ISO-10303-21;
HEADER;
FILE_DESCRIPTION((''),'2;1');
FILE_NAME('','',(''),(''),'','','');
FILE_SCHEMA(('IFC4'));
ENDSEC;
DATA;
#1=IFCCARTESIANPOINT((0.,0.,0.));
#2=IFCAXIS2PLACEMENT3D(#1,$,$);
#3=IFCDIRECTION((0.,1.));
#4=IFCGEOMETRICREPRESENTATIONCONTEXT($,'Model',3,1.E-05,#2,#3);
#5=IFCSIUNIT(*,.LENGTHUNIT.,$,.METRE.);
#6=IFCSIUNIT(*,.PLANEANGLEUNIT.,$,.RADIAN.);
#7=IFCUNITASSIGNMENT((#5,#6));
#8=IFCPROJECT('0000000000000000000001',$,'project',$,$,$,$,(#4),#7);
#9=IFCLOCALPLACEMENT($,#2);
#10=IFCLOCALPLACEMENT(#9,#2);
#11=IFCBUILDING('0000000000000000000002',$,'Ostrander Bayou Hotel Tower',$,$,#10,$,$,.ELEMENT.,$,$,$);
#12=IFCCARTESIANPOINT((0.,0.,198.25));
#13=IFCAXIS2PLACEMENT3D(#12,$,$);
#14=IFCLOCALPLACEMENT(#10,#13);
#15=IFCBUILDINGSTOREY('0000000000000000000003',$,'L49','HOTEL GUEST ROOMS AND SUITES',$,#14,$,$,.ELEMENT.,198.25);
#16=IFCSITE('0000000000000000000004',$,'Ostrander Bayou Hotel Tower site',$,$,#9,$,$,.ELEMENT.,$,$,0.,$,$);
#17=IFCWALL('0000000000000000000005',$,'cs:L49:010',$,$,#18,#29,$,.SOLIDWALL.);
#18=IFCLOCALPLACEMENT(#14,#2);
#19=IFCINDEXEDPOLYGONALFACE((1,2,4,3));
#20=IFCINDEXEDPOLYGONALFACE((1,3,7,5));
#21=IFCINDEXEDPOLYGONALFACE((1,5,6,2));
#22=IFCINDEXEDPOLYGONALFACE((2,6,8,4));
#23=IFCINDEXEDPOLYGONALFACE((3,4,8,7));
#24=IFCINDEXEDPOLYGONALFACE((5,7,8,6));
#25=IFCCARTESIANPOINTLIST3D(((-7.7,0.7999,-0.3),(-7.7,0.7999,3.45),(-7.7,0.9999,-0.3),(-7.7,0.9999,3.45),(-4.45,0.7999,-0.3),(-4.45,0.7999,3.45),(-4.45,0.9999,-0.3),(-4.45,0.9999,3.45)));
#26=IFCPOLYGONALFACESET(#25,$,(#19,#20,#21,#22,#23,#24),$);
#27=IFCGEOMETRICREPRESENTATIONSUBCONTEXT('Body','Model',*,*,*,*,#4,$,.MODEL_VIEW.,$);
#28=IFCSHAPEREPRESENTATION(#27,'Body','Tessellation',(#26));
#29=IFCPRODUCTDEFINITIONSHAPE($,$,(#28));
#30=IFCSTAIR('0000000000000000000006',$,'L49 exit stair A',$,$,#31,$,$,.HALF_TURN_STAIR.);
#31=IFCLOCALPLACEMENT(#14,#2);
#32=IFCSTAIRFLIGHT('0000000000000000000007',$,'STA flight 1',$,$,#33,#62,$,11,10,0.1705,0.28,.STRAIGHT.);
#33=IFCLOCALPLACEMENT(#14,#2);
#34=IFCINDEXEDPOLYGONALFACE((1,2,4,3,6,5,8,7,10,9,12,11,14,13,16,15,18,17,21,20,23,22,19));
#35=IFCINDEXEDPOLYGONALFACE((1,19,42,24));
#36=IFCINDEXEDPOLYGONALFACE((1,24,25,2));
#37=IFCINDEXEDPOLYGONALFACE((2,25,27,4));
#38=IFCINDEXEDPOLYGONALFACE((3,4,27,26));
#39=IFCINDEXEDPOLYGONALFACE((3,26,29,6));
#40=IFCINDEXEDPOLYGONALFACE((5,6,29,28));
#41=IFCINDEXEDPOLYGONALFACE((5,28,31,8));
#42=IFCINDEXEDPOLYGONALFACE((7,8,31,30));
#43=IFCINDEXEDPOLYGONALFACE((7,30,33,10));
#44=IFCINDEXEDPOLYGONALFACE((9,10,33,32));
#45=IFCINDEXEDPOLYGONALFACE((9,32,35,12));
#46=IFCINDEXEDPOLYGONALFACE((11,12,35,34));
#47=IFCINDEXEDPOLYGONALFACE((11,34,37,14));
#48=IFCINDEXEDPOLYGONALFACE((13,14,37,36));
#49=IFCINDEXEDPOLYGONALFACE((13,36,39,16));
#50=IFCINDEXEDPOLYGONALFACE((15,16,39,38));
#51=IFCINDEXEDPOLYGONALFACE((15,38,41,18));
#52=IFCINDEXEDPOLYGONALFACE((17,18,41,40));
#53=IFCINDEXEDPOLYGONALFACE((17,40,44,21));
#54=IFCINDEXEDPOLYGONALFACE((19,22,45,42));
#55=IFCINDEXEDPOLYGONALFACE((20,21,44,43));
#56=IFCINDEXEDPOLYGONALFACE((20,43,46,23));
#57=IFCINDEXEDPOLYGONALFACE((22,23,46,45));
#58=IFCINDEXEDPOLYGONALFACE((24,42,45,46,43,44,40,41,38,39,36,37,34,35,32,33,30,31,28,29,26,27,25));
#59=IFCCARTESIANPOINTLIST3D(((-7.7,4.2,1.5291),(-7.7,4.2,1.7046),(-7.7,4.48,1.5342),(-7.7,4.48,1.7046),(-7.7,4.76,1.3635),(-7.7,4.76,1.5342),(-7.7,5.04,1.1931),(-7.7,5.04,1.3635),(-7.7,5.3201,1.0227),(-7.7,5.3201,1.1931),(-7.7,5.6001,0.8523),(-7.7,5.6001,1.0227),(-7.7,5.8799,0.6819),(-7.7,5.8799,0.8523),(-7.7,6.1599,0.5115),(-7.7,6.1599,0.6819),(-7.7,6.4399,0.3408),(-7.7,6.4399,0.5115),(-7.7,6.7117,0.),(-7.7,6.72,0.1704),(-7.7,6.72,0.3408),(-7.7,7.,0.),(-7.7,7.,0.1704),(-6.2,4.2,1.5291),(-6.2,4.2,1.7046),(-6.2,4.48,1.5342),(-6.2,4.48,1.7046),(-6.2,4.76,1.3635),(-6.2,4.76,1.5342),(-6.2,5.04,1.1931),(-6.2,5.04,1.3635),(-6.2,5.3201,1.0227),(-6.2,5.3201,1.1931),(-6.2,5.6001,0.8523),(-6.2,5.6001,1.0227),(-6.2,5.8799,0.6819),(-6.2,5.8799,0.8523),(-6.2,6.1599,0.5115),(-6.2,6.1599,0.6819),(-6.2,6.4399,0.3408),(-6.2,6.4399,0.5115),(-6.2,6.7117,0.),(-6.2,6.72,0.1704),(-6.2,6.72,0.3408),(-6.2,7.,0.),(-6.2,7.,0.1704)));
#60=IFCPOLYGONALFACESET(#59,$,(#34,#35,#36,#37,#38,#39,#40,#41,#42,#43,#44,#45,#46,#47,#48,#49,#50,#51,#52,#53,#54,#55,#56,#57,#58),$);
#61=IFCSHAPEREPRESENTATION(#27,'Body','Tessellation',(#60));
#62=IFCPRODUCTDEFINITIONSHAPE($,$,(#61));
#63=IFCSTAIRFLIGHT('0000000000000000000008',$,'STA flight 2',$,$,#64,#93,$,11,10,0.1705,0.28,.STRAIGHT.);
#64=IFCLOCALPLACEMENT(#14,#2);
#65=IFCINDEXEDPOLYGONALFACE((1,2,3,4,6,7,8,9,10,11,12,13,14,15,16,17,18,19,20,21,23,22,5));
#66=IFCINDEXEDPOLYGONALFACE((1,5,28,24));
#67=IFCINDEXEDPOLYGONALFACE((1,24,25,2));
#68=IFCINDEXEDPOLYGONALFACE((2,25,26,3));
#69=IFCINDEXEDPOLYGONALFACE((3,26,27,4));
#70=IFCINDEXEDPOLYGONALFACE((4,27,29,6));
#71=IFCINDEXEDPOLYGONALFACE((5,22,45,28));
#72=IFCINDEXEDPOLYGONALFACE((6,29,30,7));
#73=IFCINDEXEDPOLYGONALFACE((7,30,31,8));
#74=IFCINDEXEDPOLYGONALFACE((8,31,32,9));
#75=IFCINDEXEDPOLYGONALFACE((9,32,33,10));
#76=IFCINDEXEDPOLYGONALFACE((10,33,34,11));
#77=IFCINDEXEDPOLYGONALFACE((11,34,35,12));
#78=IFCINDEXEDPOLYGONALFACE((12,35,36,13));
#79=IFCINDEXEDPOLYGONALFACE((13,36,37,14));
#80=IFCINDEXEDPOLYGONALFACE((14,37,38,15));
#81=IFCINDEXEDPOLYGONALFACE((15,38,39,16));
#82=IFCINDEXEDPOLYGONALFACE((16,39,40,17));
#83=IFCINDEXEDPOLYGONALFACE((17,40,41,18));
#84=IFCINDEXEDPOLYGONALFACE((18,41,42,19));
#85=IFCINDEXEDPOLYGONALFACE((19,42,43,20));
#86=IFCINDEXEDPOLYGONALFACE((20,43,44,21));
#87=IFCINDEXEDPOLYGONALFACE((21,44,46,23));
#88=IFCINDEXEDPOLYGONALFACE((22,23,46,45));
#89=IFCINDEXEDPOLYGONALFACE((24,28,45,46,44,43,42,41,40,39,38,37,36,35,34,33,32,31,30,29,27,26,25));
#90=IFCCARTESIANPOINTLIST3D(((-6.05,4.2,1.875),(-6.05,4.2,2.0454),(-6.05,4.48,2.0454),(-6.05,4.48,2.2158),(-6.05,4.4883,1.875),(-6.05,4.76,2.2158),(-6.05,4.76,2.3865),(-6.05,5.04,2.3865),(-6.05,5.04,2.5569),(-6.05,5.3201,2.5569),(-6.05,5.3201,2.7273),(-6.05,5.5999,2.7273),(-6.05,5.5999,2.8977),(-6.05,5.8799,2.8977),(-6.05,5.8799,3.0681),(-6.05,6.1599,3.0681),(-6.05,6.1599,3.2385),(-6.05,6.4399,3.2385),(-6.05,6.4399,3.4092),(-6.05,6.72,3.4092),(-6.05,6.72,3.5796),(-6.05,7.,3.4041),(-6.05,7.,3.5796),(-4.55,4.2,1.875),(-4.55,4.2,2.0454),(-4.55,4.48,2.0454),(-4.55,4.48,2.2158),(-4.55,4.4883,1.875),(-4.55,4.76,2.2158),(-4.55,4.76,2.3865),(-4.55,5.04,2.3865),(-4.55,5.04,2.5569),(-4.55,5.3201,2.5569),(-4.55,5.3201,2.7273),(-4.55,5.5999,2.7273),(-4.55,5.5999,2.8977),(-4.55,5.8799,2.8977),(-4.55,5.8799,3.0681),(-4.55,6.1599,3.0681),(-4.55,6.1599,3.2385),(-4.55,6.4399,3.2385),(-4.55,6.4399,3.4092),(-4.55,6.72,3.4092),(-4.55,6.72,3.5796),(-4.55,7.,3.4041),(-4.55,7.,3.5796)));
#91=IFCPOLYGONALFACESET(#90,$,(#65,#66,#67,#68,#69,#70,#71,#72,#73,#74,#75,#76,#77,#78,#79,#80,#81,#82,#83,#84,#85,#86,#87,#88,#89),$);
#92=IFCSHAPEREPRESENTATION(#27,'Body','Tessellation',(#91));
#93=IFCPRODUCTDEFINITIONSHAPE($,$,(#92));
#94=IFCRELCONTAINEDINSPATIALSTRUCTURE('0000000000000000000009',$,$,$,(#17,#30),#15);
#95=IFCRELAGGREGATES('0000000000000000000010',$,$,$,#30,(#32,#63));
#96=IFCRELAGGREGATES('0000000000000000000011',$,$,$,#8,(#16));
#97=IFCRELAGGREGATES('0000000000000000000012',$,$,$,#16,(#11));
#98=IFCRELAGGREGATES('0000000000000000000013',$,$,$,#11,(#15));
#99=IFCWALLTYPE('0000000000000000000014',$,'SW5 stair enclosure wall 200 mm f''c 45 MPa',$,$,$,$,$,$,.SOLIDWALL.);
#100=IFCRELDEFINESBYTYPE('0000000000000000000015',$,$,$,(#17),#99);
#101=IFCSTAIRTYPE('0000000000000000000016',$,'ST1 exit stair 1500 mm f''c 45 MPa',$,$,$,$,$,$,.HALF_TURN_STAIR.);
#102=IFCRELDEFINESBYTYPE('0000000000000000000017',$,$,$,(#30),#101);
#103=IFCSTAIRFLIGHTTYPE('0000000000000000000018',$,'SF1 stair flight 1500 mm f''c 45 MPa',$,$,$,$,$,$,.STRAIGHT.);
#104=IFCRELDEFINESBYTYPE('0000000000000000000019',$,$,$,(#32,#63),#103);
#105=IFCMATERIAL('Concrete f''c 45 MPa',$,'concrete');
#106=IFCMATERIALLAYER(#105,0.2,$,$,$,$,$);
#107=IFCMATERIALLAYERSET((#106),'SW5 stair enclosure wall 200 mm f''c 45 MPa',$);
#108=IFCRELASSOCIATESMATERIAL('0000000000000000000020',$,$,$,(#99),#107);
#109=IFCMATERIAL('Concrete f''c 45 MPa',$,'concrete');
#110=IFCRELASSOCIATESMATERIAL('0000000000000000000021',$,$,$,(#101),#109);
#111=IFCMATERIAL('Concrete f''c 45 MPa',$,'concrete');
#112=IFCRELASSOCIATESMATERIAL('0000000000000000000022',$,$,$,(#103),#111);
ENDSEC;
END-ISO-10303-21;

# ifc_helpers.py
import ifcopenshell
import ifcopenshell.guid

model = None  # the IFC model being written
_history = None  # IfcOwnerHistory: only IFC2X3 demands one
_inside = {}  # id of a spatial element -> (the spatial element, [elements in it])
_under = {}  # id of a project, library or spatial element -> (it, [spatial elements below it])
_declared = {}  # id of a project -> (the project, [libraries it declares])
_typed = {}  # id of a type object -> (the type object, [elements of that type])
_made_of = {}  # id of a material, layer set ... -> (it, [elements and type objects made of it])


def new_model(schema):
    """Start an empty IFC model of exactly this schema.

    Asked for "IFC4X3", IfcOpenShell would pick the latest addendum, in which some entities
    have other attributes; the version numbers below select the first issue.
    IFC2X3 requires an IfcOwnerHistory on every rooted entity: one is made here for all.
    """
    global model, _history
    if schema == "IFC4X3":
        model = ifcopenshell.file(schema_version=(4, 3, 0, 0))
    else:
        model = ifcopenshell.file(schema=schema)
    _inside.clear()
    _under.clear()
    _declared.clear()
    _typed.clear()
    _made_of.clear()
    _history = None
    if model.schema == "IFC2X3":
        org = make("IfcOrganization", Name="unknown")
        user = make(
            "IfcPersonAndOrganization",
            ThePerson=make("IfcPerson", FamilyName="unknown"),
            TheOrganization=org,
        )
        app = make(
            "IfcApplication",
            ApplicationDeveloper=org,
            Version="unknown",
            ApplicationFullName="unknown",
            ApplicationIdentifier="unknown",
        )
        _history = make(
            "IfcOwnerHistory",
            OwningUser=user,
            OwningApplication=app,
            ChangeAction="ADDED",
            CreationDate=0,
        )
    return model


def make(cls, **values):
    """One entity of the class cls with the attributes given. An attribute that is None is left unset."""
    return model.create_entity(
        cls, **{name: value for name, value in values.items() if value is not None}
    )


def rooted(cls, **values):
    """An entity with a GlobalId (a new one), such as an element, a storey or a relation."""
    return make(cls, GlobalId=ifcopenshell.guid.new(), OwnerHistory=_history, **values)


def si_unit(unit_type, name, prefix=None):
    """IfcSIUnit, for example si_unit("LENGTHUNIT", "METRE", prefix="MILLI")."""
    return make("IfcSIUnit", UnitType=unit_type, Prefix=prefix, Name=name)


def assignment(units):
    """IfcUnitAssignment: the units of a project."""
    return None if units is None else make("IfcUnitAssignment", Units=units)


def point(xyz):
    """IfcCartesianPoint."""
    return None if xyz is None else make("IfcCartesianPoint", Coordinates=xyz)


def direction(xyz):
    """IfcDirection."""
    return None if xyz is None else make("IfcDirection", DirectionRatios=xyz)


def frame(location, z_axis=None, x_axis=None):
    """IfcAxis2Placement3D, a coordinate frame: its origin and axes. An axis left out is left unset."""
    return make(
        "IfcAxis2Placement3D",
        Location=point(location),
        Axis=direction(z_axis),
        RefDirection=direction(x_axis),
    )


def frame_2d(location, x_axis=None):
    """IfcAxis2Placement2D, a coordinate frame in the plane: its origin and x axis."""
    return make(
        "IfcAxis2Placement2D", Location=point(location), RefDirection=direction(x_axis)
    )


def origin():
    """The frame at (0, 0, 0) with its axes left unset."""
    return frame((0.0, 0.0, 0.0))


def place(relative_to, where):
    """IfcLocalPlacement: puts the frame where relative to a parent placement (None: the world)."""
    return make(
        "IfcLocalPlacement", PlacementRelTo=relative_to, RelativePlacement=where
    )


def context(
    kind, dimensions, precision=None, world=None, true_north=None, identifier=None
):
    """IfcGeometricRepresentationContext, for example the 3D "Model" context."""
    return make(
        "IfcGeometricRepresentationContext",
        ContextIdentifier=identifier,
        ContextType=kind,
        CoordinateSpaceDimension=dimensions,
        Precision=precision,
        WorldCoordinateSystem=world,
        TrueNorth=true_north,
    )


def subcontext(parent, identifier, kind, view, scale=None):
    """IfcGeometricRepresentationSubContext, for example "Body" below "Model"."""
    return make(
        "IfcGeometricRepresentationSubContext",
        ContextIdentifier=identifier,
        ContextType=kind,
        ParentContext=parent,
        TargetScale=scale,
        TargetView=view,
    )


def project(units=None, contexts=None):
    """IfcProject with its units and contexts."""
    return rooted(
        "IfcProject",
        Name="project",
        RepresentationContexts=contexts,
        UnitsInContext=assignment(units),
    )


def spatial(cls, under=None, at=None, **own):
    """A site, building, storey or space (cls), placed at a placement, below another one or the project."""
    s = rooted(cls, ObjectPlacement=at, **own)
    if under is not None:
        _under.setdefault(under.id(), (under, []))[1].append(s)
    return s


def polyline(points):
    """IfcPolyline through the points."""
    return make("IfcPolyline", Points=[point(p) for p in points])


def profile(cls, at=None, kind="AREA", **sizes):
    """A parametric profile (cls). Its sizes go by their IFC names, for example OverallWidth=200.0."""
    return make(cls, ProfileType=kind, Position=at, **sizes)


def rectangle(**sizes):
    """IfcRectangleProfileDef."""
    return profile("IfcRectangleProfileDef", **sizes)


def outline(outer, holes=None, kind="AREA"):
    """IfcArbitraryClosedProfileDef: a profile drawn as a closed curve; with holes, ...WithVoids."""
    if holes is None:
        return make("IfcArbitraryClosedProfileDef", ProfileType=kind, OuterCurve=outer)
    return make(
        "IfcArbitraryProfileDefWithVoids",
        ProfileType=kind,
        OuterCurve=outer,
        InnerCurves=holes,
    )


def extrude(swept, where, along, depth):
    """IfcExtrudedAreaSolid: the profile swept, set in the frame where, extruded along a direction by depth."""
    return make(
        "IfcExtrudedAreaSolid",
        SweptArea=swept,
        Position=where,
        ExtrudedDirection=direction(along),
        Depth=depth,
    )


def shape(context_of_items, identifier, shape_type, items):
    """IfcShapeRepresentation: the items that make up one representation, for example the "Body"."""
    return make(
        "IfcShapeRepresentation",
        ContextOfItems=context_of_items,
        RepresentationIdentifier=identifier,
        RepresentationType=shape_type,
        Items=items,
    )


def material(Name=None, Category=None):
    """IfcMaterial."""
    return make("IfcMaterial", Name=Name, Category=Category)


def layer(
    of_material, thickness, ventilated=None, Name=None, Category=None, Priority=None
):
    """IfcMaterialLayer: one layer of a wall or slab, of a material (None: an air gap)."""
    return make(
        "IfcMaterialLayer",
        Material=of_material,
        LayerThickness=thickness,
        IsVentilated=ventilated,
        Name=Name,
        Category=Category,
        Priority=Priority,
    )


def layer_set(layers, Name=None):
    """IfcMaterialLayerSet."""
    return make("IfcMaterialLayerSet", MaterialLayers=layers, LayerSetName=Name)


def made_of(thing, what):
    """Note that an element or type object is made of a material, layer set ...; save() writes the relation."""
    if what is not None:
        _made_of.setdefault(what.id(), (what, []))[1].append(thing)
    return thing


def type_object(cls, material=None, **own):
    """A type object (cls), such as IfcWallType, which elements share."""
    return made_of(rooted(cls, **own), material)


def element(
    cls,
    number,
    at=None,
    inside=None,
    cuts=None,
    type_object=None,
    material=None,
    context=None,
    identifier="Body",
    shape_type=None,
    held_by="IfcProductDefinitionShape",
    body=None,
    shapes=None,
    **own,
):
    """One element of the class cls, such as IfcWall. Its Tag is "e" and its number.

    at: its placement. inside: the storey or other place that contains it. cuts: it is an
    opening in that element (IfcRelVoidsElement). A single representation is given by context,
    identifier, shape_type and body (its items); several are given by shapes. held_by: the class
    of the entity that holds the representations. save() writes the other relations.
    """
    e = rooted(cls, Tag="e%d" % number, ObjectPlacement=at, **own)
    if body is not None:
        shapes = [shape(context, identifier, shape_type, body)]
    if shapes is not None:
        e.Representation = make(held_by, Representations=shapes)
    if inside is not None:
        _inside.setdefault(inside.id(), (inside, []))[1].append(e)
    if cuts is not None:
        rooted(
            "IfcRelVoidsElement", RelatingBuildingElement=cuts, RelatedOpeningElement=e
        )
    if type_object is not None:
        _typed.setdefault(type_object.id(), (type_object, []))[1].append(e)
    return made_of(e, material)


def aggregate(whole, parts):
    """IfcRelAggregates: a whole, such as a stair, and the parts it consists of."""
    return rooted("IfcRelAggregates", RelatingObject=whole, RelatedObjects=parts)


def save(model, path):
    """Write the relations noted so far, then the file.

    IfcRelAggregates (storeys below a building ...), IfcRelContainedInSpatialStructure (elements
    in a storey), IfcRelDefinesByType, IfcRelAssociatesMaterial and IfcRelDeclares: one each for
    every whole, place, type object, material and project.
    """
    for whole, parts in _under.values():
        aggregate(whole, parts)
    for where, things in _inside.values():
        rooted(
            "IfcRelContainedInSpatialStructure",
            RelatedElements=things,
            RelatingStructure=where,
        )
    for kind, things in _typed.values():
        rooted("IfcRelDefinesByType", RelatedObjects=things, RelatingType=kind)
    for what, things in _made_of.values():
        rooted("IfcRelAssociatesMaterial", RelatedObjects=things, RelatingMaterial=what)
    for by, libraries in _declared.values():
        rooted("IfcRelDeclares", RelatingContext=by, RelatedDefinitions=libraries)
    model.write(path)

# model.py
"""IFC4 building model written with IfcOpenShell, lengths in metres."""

from ifc_helpers import new_model, si_unit, direction, frame, frame_2d, origin, place, context, subcontext, project, spatial, polyline, rectangle, outline, extrude, material, layer, layer_set, type_object, element, aggregate, save


model = new_model("IFC4")

# Units and contexts
model_context = context("Model", 3, precision=1e-05, world=origin(), true_north=direction((0.0, 1.0)))
body_context = subcontext(model_context, "Body", "Model", "MODEL_VIEW")
ifc_project = project(units=[si_unit("LENGTHUNIT", "METRE"), si_unit("PLANEANGLEUNIT", "RADIAN")], contexts=[model_context])

# Site, building, storey
site_placement = place(None, origin())
site = spatial("IfcSite", under=ifc_project, at=site_placement, Name="Ostrander Bayou Hotel Tower site", CompositionType="ELEMENT", RefElevation=0.0)
building_placement = place(site_placement, origin())
building = spatial("IfcBuilding", under=site, at=building_placement, Name="Ostrander Bayou Hotel Tower", CompositionType="ELEMENT")
storey_placement = place(building_placement, frame((0.0, 0.0, 198.25)))
storey = spatial("IfcBuildingStorey", under=building, at=storey_placement, Name="L49", Description="HOTEL GUEST ROOMS AND SUITES", CompositionType="ELEMENT", Elevation=198.25)

# Wall
ifc_material_1 = material(Name="Concrete f'c 45 MPa", Category="concrete")
ifc_layer_1 = layer(ifc_material_1, 0.2)
ifc_layer_set_1 = layer_set([ifc_layer_1], Name="SW5 stair enclosure wall 200 mm f'c 45 MPa")
wall_type_1 = type_object("IfcWallType", Name="SW5 stair enclosure wall 200 mm f'c 45 MPa", PredefinedType="SOLIDWALL", material=ifc_layer_set_1)
wall_1_placement = place(storey_placement, frame((-7.7, 0.8999, -0.3), z_axis=(0.0, 0.0, 1.0), x_axis=(1.0, 0.0, 0.0)))
element("IfcWall", 1, at=wall_1_placement, inside=storey, type_object=wall_type_1, Name="cs:L49:010", PredefinedType="SOLIDWALL", context=body_context, shape_type="SweptSolid", body=[
    extrude(rectangle(XDim=3.25, YDim=0.2, at=frame_2d((1.625, 0.0))), origin(), (0.0, 0.0, 1.0), 3.75),
])

# Stair, stair flights
ifc_material_2 = material(Name="Concrete f'c 45 MPa", Category="concrete")
stair_type = type_object("IfcStairType", Name="ST1 exit stair 1500 mm f'c 45 MPa", PredefinedType="HALF_TURN_STAIR", material=ifc_material_2)
stair_placement = place(storey_placement, origin())
stair = element("IfcStair", 2, at=stair_placement, inside=storey, type_object=stair_type, Name="L49 exit stair A", PredefinedType="HALF_TURN_STAIR")
ifc_material_3 = material(Name="Concrete f'c 45 MPa", Category="concrete")
stair_flight_type = type_object("IfcStairFlightType", Name="SF1 stair flight 1500 mm f'c 45 MPa", PredefinedType="STRAIGHT", material=ifc_material_3)
stair_flight_1_placement = place(storey_placement, frame((-6.95, 7.0, 0.0), z_axis=(0.0, 0.0, 1.0), x_axis=(0.0, -1.0, 0.0)))
stair_flight_1 = element("IfcStairFlight", 3, at=stair_flight_1_placement, type_object=stair_flight_type, Name="STA flight 1", NumberOfRisers=11, NumberOfTreads=10, PredefinedType="STRAIGHT", RiserHeight=0.1705, TreadLength=0.28, context=body_context, shape_type="SweptSolid", body=[
    extrude(outline(polyline([(0.0, 0.0), (0.0, 0.1704), (0.28, 0.1704), (0.28, 0.3408), (0.5601, 0.3408), (0.5601, 0.5115), (0.8401, 0.5115), (0.8401, 0.6819), (1.1201, 0.6819), (1.1201, 0.8523), (1.3999, 0.8523), (1.3999, 1.0227), (1.6799, 1.0227), (1.6799, 1.1931), (1.96, 1.1931), (1.96, 1.3635), (2.24, 1.3635), (2.24, 1.5342), (2.52, 1.5342), (2.52, 1.7046), (2.8, 1.7046), (2.8, 1.875), (2.8, 1.5291), (0.2883, 0.0), (0.0, 0.0)])), frame((0.0, 0.75, 0.0), z_axis=(0.0, -1.0, 0.0), x_axis=(1.0, 0.0, 0.0)), (0.0, 0.0, 1.0), 1.5),
])
stair_flight_2_placement = place(storey_placement, frame((-5.3, 4.2, 1.875), z_axis=(0.0, 0.0, 1.0), x_axis=(0.0, 1.0, 0.0)))
stair_flight_2 = element("IfcStairFlight", 4, at=stair_flight_2_placement, type_object=stair_flight_type, Name="STA flight 2", NumberOfRisers=11, NumberOfTreads=10, PredefinedType="STRAIGHT", RiserHeight=0.1705, TreadLength=0.28, context=body_context, shape_type="SweptSolid", body=[
    extrude(outline(polyline([(0.0, 0.0), (0.0, 0.1704), (0.28, 0.1704), (0.28, 0.3408), (0.5601, 0.3408), (0.5601, 0.5115), (0.8401, 0.5115), (0.8401, 0.6819), (1.1201, 0.6819), (1.1201, 0.8523), (1.3999, 0.8523), (1.3999, 1.0227), (1.6799, 1.0227), (1.6799, 1.1931), (1.96, 1.1931), (1.96, 1.3635), (2.24, 1.3635), (2.24, 1.5342), (2.52, 1.5342), (2.52, 1.7046), (2.8, 1.7046), (2.8, 1.875), (2.8, 1.5291), (0.2883, 0.0), (0.0, 0.0)])), frame((0.0, 0.75, 0.0), z_axis=(0.0, -1.0, 0.0), x_axis=(1.0, 0.0, 0.0)), (0.0, 0.0, 1.0), 1.5),
])
aggregate(stair, [stair_flight_1, stair_flight_2])

save(model, "model.ifc")
